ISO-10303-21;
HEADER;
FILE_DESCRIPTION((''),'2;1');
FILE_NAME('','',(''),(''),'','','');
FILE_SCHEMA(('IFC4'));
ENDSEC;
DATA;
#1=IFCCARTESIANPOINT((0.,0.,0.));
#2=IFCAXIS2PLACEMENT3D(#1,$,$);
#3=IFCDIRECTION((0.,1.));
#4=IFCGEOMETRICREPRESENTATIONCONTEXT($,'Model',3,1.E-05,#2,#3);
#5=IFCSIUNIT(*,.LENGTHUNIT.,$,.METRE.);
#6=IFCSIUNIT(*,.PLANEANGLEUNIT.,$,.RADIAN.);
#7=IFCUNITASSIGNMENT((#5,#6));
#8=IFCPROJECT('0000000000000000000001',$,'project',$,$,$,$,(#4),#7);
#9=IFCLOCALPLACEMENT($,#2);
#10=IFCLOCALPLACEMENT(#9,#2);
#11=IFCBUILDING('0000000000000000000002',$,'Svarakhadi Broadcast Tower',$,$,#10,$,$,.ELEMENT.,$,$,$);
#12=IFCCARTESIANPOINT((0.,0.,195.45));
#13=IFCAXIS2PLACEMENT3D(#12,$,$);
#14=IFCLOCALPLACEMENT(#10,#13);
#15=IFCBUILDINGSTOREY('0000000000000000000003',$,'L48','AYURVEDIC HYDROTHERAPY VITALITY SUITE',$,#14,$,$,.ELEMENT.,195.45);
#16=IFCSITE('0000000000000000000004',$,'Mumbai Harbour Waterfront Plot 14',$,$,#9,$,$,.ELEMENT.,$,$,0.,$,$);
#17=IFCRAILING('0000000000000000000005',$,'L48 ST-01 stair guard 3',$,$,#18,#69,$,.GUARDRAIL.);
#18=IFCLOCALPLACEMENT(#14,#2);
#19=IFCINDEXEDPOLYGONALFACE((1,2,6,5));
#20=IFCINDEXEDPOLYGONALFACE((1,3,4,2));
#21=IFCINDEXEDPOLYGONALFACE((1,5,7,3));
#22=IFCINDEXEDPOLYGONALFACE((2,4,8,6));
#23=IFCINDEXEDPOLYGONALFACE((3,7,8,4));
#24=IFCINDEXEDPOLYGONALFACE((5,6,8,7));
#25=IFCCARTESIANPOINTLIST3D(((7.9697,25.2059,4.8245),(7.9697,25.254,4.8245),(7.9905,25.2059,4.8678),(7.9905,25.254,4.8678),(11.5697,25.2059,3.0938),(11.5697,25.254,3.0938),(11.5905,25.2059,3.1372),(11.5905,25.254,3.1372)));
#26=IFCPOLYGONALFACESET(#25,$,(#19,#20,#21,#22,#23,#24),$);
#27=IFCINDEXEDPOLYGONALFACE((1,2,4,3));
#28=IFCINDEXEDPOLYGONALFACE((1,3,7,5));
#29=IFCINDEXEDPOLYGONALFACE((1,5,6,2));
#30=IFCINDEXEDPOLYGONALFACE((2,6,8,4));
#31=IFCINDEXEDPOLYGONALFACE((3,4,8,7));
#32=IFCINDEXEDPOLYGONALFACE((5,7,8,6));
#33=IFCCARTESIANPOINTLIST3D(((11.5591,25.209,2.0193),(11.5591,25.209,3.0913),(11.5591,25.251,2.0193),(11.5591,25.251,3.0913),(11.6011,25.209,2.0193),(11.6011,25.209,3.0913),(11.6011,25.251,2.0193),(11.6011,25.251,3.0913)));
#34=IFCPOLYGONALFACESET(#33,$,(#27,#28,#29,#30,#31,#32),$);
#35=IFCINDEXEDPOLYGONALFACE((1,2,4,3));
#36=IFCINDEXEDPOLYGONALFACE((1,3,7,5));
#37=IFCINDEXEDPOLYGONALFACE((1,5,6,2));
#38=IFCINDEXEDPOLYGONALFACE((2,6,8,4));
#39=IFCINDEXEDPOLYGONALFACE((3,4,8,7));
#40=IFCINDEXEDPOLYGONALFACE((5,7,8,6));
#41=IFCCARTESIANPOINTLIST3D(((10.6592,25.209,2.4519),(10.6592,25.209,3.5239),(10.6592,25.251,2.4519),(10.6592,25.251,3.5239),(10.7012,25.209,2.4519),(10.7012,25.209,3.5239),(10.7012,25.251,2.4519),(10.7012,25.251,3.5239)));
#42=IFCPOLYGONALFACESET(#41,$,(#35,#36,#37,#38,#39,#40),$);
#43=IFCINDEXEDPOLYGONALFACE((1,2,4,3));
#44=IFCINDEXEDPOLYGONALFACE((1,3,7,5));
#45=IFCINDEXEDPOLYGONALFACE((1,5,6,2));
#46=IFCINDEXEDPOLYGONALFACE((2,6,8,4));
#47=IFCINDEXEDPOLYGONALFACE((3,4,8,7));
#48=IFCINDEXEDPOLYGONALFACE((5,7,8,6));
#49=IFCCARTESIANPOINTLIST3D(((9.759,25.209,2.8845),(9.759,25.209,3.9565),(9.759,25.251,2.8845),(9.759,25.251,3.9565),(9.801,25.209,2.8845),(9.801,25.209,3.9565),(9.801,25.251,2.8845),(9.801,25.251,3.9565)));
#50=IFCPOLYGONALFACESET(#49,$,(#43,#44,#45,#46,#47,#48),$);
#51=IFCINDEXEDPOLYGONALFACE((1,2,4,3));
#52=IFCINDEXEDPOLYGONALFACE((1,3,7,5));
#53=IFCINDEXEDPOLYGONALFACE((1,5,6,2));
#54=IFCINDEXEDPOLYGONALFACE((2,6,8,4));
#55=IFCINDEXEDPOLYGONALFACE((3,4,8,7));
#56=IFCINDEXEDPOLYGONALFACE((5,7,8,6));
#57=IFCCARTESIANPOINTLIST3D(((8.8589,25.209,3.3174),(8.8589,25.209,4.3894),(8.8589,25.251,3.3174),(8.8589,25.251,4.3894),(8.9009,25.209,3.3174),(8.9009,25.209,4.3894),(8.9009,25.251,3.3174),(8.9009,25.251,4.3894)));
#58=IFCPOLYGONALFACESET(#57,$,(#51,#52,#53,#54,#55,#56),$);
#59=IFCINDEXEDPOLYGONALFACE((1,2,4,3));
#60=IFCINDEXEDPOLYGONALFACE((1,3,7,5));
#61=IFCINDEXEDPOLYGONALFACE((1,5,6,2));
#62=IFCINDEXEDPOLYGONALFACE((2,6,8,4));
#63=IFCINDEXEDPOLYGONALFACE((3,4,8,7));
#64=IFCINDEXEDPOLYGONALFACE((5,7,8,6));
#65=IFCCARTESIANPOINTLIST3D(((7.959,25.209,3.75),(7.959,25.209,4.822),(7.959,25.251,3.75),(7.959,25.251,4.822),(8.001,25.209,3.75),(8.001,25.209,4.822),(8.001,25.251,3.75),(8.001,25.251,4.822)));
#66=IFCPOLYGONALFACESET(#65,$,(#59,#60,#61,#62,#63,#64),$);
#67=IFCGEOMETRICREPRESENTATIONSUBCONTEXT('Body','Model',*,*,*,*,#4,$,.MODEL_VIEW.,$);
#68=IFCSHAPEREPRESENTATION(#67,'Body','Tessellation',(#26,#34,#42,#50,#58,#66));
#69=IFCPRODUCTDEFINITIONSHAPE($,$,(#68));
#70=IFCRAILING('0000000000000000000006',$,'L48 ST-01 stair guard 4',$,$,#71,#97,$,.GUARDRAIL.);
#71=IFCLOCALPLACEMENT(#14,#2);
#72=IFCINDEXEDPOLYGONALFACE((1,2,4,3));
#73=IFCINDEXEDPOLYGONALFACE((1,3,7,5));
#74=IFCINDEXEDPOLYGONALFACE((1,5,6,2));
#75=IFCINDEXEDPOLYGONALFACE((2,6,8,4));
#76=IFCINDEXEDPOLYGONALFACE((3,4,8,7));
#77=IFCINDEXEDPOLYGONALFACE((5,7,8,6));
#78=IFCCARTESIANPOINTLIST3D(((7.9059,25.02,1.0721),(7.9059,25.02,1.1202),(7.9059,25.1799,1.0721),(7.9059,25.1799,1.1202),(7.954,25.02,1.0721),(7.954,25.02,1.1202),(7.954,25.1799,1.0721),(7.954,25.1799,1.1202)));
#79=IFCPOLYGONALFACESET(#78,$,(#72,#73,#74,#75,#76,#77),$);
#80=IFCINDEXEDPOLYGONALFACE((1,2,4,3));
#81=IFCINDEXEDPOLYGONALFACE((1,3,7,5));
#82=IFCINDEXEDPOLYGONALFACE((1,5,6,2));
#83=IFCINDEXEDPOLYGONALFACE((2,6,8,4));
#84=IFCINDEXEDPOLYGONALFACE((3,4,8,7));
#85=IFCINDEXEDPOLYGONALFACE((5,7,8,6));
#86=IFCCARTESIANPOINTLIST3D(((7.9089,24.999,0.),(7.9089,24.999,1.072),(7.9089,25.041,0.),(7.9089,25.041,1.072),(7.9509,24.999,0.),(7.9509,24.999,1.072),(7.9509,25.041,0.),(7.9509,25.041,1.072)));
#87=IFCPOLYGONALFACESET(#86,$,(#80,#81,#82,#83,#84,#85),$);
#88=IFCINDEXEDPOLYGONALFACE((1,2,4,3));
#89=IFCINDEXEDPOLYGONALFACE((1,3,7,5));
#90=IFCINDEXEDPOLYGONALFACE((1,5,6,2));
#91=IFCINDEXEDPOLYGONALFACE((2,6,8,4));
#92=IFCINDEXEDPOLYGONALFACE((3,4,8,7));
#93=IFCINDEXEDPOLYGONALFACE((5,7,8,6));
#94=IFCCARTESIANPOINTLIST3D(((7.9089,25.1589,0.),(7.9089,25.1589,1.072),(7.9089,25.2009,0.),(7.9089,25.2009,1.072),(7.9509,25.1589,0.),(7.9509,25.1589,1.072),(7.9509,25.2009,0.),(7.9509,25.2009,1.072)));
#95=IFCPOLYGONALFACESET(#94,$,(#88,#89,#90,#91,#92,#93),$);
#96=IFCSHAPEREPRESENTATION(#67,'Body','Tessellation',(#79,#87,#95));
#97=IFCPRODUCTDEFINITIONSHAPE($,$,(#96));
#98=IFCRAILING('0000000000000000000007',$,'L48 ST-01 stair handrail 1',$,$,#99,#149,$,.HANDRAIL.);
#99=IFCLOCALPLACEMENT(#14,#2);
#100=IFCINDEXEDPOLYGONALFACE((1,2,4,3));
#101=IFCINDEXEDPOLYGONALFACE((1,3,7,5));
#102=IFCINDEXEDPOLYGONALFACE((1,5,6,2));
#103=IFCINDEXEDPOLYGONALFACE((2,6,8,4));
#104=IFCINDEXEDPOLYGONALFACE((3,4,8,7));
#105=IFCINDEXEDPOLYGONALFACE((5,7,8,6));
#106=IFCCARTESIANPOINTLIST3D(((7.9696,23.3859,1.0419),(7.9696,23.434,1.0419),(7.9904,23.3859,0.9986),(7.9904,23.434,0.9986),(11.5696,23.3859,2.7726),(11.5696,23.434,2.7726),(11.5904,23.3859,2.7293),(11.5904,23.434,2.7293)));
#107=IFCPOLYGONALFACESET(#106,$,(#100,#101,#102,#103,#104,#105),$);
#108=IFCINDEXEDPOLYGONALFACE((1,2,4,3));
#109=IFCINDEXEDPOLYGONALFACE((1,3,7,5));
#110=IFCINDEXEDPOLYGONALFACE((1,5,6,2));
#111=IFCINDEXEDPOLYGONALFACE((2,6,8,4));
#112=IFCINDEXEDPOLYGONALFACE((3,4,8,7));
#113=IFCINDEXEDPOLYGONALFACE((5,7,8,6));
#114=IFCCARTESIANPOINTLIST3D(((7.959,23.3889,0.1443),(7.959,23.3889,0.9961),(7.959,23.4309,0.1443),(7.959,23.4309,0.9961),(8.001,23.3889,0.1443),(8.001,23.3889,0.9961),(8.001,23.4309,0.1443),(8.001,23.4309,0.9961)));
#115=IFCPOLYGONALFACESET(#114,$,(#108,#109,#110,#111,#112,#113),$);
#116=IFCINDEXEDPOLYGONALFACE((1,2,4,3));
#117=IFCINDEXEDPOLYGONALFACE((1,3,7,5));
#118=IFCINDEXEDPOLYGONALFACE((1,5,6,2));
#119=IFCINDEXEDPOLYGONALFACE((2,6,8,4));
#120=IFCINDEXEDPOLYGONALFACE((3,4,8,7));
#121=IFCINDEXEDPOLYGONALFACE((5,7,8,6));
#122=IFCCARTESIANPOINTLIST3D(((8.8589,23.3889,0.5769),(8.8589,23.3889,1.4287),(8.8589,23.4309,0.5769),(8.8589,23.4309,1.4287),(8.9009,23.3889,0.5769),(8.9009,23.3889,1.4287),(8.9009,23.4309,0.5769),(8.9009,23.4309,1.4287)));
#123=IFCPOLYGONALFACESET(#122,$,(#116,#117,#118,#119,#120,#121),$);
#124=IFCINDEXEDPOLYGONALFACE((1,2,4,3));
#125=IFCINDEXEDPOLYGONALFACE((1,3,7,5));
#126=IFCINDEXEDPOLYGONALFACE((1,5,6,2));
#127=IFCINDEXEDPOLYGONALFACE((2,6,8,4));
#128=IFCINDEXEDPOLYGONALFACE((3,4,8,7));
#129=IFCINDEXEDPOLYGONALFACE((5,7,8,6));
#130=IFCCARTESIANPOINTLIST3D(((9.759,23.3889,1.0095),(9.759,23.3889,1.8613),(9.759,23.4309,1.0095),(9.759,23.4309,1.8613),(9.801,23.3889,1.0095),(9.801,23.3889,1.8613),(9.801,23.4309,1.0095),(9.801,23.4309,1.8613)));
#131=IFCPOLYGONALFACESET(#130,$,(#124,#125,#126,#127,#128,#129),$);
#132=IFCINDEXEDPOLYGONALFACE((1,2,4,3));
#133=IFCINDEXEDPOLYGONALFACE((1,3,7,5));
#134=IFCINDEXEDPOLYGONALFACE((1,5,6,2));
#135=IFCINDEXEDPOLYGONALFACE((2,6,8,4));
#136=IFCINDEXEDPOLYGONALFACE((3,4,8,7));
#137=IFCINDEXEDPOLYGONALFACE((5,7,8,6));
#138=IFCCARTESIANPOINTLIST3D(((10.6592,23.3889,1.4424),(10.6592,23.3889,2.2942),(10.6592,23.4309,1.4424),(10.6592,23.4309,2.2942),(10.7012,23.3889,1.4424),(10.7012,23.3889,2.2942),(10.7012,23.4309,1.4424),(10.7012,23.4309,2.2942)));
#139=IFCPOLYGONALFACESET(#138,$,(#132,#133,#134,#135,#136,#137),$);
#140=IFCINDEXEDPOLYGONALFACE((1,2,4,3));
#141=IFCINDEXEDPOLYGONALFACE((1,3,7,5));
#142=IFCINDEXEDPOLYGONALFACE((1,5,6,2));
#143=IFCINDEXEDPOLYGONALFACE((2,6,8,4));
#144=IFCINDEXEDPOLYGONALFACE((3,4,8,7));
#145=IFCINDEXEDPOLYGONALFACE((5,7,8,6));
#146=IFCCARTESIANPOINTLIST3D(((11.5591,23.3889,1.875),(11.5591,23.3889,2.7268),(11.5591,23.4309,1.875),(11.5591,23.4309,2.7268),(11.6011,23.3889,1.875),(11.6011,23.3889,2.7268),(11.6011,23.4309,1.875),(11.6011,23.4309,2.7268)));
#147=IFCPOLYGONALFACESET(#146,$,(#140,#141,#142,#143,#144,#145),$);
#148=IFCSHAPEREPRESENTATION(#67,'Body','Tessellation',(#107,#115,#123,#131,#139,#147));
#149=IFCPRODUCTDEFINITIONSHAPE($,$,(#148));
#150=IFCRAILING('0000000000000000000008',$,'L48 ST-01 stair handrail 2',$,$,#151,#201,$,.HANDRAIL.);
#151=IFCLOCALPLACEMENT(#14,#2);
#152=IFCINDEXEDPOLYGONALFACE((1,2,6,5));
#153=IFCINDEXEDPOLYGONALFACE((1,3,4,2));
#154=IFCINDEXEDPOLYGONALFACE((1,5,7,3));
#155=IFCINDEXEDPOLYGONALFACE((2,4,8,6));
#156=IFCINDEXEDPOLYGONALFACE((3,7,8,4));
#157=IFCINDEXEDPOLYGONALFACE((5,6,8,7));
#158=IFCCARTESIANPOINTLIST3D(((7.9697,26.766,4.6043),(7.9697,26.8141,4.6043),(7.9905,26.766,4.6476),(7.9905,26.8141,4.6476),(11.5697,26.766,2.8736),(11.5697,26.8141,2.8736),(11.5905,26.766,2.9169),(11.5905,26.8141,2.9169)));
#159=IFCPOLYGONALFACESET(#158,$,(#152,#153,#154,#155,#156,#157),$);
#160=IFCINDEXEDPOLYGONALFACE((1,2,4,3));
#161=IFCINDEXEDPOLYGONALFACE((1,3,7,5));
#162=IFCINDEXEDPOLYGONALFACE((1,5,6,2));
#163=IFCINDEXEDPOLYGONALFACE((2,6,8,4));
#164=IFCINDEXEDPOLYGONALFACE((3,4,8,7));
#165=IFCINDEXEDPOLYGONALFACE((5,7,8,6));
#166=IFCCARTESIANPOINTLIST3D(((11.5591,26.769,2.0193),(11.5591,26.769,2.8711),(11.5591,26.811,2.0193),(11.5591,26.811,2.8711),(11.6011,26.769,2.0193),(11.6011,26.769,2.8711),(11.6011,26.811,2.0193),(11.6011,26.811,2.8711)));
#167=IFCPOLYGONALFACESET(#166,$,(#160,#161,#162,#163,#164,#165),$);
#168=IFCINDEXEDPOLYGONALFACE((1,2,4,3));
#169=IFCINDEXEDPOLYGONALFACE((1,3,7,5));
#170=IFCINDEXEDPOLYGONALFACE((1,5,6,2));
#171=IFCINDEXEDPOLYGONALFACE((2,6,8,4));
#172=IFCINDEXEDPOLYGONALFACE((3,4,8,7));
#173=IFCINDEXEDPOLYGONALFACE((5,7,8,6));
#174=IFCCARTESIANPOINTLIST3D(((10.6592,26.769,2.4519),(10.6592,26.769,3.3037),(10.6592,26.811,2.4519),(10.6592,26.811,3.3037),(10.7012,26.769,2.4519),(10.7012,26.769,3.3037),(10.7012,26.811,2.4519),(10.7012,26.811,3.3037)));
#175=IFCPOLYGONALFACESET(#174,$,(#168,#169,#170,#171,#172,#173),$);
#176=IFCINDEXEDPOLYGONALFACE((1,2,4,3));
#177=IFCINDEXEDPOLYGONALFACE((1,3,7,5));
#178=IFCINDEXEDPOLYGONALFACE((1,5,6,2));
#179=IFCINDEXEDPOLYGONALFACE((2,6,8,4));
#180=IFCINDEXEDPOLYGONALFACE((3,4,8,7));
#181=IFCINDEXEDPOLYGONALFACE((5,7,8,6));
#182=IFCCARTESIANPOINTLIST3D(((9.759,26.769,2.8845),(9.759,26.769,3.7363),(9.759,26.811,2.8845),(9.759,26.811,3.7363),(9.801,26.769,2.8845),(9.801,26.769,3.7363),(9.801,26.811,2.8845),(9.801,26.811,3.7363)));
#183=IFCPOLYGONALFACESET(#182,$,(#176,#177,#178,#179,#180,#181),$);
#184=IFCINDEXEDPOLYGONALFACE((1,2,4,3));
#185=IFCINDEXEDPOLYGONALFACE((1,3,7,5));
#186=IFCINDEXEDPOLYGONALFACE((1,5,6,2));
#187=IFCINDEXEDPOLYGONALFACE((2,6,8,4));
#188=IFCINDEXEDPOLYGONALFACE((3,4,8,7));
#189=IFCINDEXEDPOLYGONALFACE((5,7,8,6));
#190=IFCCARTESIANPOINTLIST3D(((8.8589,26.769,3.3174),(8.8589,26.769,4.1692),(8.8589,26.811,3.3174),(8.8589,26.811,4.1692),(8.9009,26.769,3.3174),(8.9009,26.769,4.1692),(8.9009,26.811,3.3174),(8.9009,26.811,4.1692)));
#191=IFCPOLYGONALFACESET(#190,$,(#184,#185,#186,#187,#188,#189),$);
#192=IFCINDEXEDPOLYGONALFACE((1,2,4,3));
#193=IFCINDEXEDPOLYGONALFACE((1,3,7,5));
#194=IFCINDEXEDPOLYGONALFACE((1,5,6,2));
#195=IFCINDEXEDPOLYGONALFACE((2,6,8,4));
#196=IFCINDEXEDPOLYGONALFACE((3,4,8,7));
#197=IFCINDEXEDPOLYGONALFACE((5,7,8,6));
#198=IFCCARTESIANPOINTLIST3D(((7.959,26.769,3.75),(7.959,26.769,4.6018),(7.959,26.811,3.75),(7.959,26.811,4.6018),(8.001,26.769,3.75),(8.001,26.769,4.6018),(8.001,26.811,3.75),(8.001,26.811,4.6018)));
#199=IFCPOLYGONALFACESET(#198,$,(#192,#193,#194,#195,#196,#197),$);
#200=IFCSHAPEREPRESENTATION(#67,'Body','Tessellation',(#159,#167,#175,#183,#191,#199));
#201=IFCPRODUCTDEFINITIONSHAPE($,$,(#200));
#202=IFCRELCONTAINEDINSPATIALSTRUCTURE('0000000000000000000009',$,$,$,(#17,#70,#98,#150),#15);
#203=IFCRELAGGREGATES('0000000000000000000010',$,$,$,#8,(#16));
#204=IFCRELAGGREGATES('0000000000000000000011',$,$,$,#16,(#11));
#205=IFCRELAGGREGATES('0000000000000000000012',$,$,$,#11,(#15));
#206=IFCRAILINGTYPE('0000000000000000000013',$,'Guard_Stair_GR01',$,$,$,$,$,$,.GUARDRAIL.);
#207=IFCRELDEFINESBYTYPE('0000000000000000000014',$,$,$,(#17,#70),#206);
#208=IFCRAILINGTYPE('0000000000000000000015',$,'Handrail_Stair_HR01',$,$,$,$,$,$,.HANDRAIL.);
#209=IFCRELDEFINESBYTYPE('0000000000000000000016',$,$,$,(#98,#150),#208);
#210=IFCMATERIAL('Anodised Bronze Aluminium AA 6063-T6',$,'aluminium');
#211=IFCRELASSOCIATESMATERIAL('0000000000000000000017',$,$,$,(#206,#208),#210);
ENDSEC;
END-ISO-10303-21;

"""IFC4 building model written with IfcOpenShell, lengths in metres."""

from ifc_helpers import new_model, si_unit, direction, frame, origin, origin_2d, place, context, subcontext, project, spatial, rectangle, extrude, material, type_object, element, save


model = new_model("IFC4")

# Units and contexts
model_context = context("Model", 3, precision=1e-05, world=origin(), true_north=direction((0.0, 1.0)))
body_context = subcontext(model_context, "Body", "Model", "MODEL_VIEW")
ifc_project = project(units=[si_unit("LENGTHUNIT", "METRE"), si_unit("PLANEANGLEUNIT", "RADIAN")], contexts=[model_context])

# Site, building, storey
site_placement = place(None, origin())
site = spatial("IfcSite", under=ifc_project, at=site_placement, Name="Mumbai Harbour Waterfront Plot 14", CompositionType="ELEMENT", RefElevation=0.0)
building_placement = place(site_placement, origin())
building = spatial("IfcBuilding", under=site, at=building_placement, Name="Svarakhadi Broadcast Tower", CompositionType="ELEMENT")
storey_placement = place(building_placement, frame((0.0, 0.0, 195.45)))
storey = spatial("IfcBuildingStorey", under=building, at=storey_placement, Name="L48", Description="AYURVEDIC HYDROTHERAPY VITALITY SUITE", CompositionType="ELEMENT", Elevation=195.45)

# Railings
ifc_material_1 = material(Name="Anodised Bronze Aluminium AA 6063-T6", Category="aluminium")
railing_type_1 = type_object("IfcRailingType", Name="Guard_Stair_GR01", PredefinedType="GUARDRAIL", material=ifc_material_1)
railing_1_placement = place(storey_placement, frame((11.5801, 25.23, 2.0193)))
element("IfcRailing", 1, at=railing_1_placement, inside=storey, type_object=railing_type_1, Name="L48 ST-01 stair guard 3", PredefinedType="GUARDRAIL", context=body_context, shape_type="SweptSolid", body=[
    extrude(rectangle(XDim=0.0481, YDim=0.0481, at=origin_2d()), frame((0.0, 0.0, 1.0962), z_axis=(-0.901263, 0.0, 0.433273), x_axis=(0.0, -1.0, 0.0)), (0.0, 0.0, 1.0), 3.9944),
    extrude(rectangle(XDim=0.042, YDim=0.042, at=origin_2d()), origin(), (0.0, 0.0, 1.0), 1.072),
    extrude(rectangle(XDim=0.042, YDim=0.042, at=origin_2d()), frame((-0.8999, 0.0, 0.4326)), (0.0, 0.0, 1.0), 1.072),
    extrude(rectangle(XDim=0.042, YDim=0.042, at=origin_2d()), frame((-1.8, 0.0, 0.8652)), (0.0, 0.0, 1.0), 1.072),
    extrude(rectangle(XDim=0.042, YDim=0.042, at=origin_2d()), frame((-2.7002, 0.0, 1.2981)), (0.0, 0.0, 1.0), 1.072),
    extrude(rectangle(XDim=0.042, YDim=0.042, at=origin_2d()), frame((-3.6001, 0.0, 1.7307)), (0.0, 0.0, 1.0), 1.072),
])
railing_2_placement = place(storey_placement, frame((7.9299, 25.02, 0.0)))
element("IfcRailing", 2, at=railing_2_placement, inside=storey, type_object=railing_type_1, Name="L48 ST-01 stair guard 4", PredefinedType="GUARDRAIL", context=body_context, shape_type="SweptSolid", body=[
    extrude(rectangle(XDim=0.0481, YDim=0.0481, at=origin_2d()), frame((0.0, 0.0, 1.0962), z_axis=(0.0, 1.0, 0.0), x_axis=(-1.0, 0.0, 0.0)), (0.0, 0.0, 1.0), 0.1599),
    extrude(rectangle(XDim=0.042, YDim=0.042, at=origin_2d()), origin(), (0.0, 0.0, 1.0), 1.072),
    extrude(rectangle(XDim=0.042, YDim=0.042, at=origin_2d()), frame((0.0, 0.1599, 0.0)), (0.0, 0.0, 1.0), 1.072),
])
railing_type_2 = type_object("IfcRailingType", Name="Handrail_Stair_HR01", PredefinedType="HANDRAIL", material=ifc_material_1)
railing_3_placement = place(storey_placement, frame((7.98, 23.4099, 0.1443)))
element("IfcRailing", 3, at=railing_3_placement, inside=storey, type_object=railing_type_2, Name="L48 ST-01 stair handrail 1", PredefinedType="HANDRAIL", context=body_context, shape_type="SweptSolid", body=[
    extrude(rectangle(XDim=0.0481, YDim=0.0481, at=origin_2d()), frame((0.0, 0.0, 0.876), z_axis=(0.901263, 0.0, 0.433273), x_axis=(0.0, 1.0, 0.0)), (0.0, 0.0, 1.0), 3.9944),
    extrude(rectangle(XDim=0.042, YDim=0.042, at=origin_2d()), origin(), (0.0, 0.0, 1.0), 0.8518),
    extrude(rectangle(XDim=0.042, YDim=0.042, at=origin_2d()), frame((0.8999, 0.0, 0.4326)), (0.0, 0.0, 1.0), 0.8518),
    extrude(rectangle(XDim=0.042, YDim=0.042, at=origin_2d()), frame((1.8, 0.0, 0.8652)), (0.0, 0.0, 1.0), 0.8518),
    extrude(rectangle(XDim=0.042, YDim=0.042, at=origin_2d()), frame((2.7002, 0.0, 1.2981)), (0.0, 0.0, 1.0), 0.8518),
    extrude(rectangle(XDim=0.042, YDim=0.042, at=origin_2d()), frame((3.6001, 0.0, 1.7307)), (0.0, 0.0, 1.0), 0.8518),
])
railing_4_placement = place(storey_placement, frame((11.5801, 26.79, 2.0193)))
element("IfcRailing", 4, at=railing_4_placement, inside=storey, type_object=railing_type_2, Name="L48 ST-01 stair handrail 2", PredefinedType="HANDRAIL", context=body_context, shape_type="SweptSolid", body=[
    extrude(rectangle(XDim=0.0481, YDim=0.0481, at=origin_2d()), frame((0.0, 0.0, 0.876), z_axis=(-0.901263, 0.0, 0.433273), x_axis=(0.0, -1.0, 0.0)), (0.0, 0.0, 1.0), 3.9944),
    extrude(rectangle(XDim=0.042, YDim=0.042, at=origin_2d()), origin(), (0.0, 0.0, 1.0), 0.8518),
    extrude(rectangle(XDim=0.042, YDim=0.042, at=origin_2d()), frame((-0.8999, 0.0, 0.4326)), (0.0, 0.0, 1.0), 0.8518),
    extrude(rectangle(XDim=0.042, YDim=0.042, at=origin_2d()), frame((-1.8, 0.0, 0.8652)), (0.0, 0.0, 1.0), 0.8518),
    extrude(rectangle(XDim=0.042, YDim=0.042, at=origin_2d()), frame((-2.7002, 0.0, 1.2981)), (0.0, 0.0, 1.0), 0.8518),
    extrude(rectangle(XDim=0.042, YDim=0.042, at=origin_2d()), frame((-3.6001, 0.0, 1.7307)), (0.0, 0.0, 1.0), 0.8518),
])

save(model, "model.ifc")
